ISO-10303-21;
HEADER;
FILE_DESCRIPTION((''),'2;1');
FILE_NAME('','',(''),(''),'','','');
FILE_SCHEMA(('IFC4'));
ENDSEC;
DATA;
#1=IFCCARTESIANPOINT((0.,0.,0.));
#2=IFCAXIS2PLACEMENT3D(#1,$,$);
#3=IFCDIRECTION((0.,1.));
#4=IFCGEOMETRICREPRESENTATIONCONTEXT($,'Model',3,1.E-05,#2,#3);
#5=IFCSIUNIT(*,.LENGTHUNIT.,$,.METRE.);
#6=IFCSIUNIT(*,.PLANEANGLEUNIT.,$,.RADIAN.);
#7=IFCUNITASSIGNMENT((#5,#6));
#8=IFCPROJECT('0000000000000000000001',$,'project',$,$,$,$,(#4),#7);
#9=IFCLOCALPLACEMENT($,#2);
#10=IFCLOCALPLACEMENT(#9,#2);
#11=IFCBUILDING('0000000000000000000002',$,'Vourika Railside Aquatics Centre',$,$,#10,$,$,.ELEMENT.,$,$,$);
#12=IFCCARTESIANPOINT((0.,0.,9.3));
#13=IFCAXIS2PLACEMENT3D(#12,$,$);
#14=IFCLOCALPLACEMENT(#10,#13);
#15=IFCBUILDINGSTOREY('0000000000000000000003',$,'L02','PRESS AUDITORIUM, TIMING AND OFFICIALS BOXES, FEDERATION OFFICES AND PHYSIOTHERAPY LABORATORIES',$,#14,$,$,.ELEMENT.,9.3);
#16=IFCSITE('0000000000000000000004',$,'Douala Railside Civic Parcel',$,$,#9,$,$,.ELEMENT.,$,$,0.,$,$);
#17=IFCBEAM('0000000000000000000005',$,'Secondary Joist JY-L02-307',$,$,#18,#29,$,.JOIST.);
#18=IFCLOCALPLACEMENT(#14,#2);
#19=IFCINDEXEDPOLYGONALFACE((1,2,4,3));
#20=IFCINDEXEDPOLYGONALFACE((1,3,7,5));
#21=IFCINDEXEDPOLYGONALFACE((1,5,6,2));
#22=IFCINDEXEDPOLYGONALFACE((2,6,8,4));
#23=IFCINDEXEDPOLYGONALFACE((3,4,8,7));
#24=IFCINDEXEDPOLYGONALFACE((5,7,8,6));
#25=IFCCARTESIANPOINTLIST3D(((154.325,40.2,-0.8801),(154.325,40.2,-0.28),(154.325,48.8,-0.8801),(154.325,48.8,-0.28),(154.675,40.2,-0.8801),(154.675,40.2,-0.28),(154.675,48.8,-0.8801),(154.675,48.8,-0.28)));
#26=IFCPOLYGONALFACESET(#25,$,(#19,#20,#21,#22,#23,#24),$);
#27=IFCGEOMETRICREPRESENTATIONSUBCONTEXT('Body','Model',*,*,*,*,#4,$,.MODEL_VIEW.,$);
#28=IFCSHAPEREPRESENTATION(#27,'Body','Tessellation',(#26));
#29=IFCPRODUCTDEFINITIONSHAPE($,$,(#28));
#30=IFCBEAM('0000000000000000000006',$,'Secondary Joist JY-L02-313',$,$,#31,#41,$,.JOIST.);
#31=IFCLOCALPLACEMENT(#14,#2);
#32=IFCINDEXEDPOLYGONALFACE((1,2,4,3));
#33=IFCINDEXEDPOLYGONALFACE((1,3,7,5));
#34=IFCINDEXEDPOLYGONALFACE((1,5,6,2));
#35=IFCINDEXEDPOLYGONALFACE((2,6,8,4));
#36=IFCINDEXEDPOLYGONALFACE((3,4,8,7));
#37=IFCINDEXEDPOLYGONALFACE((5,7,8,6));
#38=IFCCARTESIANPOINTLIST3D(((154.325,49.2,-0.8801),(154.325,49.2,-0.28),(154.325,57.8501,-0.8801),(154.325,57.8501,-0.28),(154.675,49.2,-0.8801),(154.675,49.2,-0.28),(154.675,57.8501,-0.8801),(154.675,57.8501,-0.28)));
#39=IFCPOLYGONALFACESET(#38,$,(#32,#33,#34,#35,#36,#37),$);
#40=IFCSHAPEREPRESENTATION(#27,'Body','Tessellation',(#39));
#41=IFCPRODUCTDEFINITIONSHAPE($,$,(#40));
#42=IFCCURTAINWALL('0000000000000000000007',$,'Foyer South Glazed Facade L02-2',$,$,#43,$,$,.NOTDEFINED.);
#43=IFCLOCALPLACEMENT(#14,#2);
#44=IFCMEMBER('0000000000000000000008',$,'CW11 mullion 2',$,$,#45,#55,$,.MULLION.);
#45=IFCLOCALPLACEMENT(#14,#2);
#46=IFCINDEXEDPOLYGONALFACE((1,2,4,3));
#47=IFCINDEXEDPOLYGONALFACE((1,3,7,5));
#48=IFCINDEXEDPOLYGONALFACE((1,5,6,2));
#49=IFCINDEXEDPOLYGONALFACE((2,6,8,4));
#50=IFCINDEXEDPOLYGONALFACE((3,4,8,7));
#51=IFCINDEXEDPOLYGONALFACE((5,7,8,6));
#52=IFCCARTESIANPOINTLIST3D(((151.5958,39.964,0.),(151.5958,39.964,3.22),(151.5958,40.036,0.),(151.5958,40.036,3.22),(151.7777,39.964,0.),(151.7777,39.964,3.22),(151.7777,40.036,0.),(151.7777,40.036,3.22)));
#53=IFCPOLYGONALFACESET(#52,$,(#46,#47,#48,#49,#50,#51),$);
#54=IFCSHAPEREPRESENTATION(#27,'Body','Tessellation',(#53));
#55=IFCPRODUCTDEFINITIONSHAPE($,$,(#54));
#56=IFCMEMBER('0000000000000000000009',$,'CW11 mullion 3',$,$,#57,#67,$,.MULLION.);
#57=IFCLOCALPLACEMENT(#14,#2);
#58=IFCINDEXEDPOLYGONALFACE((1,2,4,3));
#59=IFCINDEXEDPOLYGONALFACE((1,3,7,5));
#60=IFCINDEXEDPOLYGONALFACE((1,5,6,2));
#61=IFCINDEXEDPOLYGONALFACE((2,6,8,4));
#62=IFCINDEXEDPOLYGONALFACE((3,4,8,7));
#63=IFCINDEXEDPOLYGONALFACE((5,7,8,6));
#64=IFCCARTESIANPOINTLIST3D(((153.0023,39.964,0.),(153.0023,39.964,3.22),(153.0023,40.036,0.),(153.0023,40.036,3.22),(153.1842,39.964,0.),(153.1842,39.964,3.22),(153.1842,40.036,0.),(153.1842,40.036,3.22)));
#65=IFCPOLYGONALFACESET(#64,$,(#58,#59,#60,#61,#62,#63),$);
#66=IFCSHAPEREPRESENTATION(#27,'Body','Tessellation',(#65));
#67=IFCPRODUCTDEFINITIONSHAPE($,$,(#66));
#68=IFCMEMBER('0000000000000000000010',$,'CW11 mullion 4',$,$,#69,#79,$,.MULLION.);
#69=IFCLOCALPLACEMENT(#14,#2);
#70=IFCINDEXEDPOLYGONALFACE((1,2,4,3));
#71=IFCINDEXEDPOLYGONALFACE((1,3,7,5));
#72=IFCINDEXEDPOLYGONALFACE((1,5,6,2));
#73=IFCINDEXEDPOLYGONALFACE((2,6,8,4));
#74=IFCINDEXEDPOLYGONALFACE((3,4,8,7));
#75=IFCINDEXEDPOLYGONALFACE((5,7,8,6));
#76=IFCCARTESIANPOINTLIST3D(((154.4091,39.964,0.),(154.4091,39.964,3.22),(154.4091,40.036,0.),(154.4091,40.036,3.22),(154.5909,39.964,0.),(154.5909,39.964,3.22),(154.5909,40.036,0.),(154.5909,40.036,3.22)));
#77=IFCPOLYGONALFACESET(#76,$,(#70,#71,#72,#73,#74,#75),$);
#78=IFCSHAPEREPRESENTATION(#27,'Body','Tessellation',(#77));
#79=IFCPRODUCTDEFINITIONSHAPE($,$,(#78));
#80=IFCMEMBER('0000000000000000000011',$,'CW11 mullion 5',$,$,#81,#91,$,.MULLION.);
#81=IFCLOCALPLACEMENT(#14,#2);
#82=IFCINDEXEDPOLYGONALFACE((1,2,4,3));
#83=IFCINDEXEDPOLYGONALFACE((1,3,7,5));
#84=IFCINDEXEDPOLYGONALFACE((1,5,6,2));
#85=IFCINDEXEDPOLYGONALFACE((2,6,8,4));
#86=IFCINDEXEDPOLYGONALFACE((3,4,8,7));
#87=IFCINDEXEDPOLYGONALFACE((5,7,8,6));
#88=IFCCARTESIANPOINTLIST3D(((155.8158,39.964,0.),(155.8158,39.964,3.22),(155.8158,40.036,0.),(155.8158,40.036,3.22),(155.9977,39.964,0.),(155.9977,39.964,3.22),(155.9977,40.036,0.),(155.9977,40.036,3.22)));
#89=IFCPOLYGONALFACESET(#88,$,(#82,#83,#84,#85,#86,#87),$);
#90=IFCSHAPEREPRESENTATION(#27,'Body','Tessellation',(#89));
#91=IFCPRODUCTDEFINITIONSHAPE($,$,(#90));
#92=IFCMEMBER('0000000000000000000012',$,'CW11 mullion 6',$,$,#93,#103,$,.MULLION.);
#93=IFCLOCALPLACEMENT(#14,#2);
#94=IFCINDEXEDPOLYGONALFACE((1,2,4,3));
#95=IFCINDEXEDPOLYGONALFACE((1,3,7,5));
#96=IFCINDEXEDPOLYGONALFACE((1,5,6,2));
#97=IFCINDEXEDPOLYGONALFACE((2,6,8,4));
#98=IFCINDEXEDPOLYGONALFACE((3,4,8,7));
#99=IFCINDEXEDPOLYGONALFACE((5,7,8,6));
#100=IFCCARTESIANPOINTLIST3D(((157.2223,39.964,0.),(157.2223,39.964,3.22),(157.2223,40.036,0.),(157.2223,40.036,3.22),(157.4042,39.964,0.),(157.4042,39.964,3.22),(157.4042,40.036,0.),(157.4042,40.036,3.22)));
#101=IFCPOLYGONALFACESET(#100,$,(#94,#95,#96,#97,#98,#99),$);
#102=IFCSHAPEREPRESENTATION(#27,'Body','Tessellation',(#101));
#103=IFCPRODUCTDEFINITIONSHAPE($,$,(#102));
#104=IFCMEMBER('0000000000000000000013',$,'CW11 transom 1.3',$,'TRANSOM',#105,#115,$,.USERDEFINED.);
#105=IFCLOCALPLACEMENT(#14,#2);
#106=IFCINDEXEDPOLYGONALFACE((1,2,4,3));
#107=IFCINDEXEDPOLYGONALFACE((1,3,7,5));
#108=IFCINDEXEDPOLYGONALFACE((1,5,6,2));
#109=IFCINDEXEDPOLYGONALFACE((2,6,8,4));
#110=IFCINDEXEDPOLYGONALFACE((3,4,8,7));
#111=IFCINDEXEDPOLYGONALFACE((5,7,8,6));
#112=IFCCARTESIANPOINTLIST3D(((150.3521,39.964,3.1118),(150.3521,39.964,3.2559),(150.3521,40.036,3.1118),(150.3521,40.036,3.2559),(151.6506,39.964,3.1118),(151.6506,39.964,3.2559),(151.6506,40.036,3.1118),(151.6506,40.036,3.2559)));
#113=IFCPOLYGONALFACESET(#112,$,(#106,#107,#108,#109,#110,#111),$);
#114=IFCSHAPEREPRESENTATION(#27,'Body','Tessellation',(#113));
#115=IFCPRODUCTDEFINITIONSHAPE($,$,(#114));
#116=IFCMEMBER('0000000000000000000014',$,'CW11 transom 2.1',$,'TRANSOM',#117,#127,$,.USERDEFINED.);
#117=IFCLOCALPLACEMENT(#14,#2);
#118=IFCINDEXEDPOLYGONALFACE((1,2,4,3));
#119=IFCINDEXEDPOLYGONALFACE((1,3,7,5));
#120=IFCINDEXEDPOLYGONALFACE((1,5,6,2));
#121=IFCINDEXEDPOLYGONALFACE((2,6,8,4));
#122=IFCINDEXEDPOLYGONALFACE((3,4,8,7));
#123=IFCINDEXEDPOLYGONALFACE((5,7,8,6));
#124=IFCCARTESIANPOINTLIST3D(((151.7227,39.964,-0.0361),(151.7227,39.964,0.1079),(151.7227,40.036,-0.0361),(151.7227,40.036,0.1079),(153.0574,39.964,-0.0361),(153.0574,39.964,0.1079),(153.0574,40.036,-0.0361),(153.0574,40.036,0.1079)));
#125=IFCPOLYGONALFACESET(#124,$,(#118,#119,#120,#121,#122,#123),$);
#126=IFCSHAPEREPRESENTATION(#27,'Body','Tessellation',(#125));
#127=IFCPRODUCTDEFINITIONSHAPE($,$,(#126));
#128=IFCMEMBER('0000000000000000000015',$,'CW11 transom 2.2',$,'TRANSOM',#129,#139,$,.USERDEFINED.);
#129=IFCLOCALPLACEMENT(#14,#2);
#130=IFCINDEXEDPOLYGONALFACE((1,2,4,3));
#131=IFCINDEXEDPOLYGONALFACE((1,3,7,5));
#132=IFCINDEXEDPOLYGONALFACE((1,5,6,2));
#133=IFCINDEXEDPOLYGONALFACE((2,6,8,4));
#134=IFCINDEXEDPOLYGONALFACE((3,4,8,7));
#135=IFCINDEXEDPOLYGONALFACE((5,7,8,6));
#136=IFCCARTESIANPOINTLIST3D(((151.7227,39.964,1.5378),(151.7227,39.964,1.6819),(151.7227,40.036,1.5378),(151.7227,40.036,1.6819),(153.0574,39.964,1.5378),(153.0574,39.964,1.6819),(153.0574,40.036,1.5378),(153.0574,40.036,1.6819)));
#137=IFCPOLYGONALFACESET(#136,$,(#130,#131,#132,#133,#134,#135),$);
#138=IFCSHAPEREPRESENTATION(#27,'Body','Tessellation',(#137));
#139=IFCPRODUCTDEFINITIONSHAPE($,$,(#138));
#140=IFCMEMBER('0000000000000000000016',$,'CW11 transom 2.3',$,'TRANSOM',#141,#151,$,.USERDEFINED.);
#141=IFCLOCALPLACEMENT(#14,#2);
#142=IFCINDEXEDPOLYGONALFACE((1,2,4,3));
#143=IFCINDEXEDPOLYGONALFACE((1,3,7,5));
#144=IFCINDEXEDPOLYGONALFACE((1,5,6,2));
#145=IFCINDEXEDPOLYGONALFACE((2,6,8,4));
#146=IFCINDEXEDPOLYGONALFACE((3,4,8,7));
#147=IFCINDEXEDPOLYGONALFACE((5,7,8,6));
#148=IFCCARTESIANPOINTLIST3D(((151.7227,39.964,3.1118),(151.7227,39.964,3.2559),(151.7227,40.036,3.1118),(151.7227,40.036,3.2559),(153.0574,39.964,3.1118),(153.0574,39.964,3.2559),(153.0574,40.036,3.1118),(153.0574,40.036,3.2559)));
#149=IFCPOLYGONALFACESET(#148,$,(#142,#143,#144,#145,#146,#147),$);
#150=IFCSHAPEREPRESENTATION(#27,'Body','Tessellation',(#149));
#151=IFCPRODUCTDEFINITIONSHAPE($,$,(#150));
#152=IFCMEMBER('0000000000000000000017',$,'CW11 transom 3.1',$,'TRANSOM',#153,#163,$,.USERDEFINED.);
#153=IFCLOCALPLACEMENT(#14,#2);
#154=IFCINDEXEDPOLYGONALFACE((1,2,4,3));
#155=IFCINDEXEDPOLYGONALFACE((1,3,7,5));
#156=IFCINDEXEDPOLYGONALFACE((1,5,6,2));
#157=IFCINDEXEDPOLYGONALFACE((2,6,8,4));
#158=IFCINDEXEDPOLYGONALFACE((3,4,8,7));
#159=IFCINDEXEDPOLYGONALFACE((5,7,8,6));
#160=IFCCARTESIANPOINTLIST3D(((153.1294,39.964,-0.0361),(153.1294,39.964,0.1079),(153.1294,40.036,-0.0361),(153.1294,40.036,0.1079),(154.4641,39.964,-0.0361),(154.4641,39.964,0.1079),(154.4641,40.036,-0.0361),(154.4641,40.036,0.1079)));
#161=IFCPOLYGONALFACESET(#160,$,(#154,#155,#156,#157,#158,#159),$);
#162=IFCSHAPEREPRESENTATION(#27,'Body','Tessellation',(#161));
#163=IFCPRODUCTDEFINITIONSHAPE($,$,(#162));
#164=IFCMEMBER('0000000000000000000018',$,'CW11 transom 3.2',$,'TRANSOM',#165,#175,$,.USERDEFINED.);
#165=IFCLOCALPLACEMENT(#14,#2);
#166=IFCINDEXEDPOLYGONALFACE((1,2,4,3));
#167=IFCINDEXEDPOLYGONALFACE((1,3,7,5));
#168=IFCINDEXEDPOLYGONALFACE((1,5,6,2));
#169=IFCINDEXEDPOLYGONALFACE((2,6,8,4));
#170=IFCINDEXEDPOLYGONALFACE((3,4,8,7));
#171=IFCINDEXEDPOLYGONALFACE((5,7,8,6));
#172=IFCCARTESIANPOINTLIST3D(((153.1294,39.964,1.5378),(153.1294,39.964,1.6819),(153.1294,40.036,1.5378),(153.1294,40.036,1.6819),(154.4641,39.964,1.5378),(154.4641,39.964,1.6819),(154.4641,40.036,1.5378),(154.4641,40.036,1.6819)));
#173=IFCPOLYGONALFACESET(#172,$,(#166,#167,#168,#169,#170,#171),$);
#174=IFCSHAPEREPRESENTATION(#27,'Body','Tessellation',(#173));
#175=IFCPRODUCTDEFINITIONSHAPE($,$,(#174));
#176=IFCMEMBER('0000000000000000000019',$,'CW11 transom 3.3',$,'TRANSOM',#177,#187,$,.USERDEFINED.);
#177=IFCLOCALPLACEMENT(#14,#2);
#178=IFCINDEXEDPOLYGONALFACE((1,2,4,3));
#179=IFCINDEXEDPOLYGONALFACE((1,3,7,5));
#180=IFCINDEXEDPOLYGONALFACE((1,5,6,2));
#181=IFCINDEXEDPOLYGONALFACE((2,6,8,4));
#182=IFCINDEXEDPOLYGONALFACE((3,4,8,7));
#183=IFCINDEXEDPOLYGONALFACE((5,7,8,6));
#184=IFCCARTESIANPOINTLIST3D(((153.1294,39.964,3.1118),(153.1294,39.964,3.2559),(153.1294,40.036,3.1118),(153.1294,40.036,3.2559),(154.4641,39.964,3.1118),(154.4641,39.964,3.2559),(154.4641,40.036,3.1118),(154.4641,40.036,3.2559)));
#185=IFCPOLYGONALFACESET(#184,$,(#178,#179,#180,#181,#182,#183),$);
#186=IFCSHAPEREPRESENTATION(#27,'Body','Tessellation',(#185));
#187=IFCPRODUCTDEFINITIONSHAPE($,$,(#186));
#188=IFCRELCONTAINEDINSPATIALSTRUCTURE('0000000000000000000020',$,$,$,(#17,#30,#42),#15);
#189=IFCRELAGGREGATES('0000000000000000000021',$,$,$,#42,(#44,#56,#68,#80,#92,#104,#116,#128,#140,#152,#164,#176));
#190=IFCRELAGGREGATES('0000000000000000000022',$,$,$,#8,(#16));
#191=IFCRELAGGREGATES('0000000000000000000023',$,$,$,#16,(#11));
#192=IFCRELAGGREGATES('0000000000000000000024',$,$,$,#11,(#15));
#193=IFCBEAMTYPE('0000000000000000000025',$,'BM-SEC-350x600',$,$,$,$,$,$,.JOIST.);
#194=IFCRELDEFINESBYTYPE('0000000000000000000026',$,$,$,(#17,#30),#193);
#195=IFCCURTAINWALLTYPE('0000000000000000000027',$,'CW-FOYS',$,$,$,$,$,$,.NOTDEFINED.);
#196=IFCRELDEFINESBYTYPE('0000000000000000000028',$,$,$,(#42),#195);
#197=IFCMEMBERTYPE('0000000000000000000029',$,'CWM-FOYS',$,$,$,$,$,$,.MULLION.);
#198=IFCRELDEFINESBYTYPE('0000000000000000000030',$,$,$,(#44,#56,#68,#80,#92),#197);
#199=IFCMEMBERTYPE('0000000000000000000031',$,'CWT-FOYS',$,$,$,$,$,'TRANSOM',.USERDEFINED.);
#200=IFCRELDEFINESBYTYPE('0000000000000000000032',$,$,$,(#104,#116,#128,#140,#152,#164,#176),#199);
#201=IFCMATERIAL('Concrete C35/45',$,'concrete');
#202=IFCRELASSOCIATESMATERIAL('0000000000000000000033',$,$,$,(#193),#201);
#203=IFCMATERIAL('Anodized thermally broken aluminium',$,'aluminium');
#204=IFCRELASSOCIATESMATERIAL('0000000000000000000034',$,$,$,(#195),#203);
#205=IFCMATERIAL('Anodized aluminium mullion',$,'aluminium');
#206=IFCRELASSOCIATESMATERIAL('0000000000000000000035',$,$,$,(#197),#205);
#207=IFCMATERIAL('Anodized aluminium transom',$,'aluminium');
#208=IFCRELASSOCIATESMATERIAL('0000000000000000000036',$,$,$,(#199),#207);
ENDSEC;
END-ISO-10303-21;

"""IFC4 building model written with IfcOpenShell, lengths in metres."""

from ifc_helpers import new_model, si_unit, direction, frame, origin, origin_2d, place, context, subcontext, project, spatial, rectangle, extrude, material, material_profile, profile_set, type_object, element, aggregate, save


model = new_model("IFC4")

# Units and contexts
model_context = context("Model", 3, precision=1e-05, world=origin(), true_north=direction((0.0, 1.0)))
body_context = subcontext(model_context, "Body", "Model", "MODEL_VIEW")
ifc_project = project(units=[si_unit("LENGTHUNIT", "METRE"), si_unit("PLANEANGLEUNIT", "RADIAN")], contexts=[model_context])

# Site, building, storey
site_placement = place(None, origin())
site = spatial("IfcSite", under=ifc_project, at=site_placement, Name="Douala Railside Civic Parcel", CompositionType="ELEMENT", RefElevation=0.0)
building_placement = place(site_placement, origin())
building = spatial("IfcBuilding", under=site, at=building_placement, Name="Vourika Railside Aquatics Centre", CompositionType="ELEMENT")
storey_placement = place(building_placement, frame((0.0, 0.0, 9.3)))
storey = spatial("IfcBuildingStorey", under=building, at=storey_placement, Name="L02", Description="PRESS AUDITORIUM, TIMING AND OFFICIALS BOXES, FEDERATION OFFICES AND PHYSIOTHERAPY LABORATORIES", CompositionType="ELEMENT", Elevation=9.3)

# Beams
ifc_material_1 = material(Name="Concrete C35/45", Category="concrete")
ifc_material_profile_1 = material_profile(ifc_material_1, rectangle(XDim=0.3501, YDim=0.6001, at=origin_2d()), Name="RC 350x600")
ifc_profile_set_1 = profile_set([ifc_material_profile_1], Name="Concrete C35/45")
beam_type = type_object("IfcBeamType", Name="BM-SEC-350x600", PredefinedType="JOIST", material=ifc_profile_set_1)
beam_1_placement = place(storey_placement, frame((154.5, 40.2, -0.5801), z_axis=(0.0, 1.0, 0.0), x_axis=(-1.0, 0.0, 0.0)))
element("IfcBeam", 1, at=beam_1_placement, inside=storey, type_object=beam_type, Name="Secondary Joist JY-L02-307", PredefinedType="JOIST", context=body_context, shape_type="SweptSolid", body=[
    extrude(rectangle(XDim=0.3501, YDim=0.6001, at=origin_2d()), origin(), (0.0, 0.0, 1.0), 8.6001),
])
beam_2_placement = place(storey_placement, frame((154.5, 49.2, -0.5801), z_axis=(0.0, 1.0, 0.0), x_axis=(-1.0, 0.0, 0.0)))
element("IfcBeam", 2, at=beam_2_placement, inside=storey, type_object=beam_type, Name="Secondary Joist JY-L02-313", PredefinedType="JOIST", context=body_context, shape_type="SweptSolid", body=[
    extrude(rectangle(XDim=0.3501, YDim=0.6001, at=origin_2d()), origin(), (0.0, 0.0, 1.0), 8.6501),
])

# Curtain wall, members
ifc_material_2 = material(Name="Anodized thermally broken aluminium", Category="aluminium")
curtain_wall_type = type_object("IfcCurtainWallType", Name="CW-FOYS", PredefinedType="NOTDEFINED", material=ifc_material_2)
curtain_wall_placement = place(storey_placement, origin())
curtain_wall = element("IfcCurtainWall", 3, at=curtain_wall_placement, inside=storey, type_object=curtain_wall_type, Name="Foyer South Glazed Facade L02-2", PredefinedType="NOTDEFINED")
ifc_material_3 = material(Name="Anodized aluminium mullion", Category="aluminium")
ifc_material_profile_2 = material_profile(ifc_material_3, rectangle(XDim=0.072, YDim=0.1819, at=origin_2d()), Name="ALU-M 72x182")
ifc_profile_set_2 = profile_set([ifc_material_profile_2], Name="Anodized aluminium mullion")
member_type_1 = type_object("IfcMemberType", Name="CWM-FOYS", PredefinedType="MULLION", material=ifc_profile_set_2)
member_1_placement = place(storey_placement, frame((151.6868, 40.0, 0.0), z_axis=(0.0, 0.0, 1.0), x_axis=(0.0, 1.0, 0.0)))
member_1 = element("IfcMember", 4, at=member_1_placement, type_object=member_type_1, Name="CW11 mullion 2", PredefinedType="MULLION", context=body_context, shape_type="SweptSolid", body=[
    extrude(rectangle(XDim=0.072, YDim=0.1819, at=origin_2d()), origin(), (0.0, 0.0, 1.0), 3.22),
])
member_2_placement = place(storey_placement, frame((153.0933, 40.0, 0.0), z_axis=(0.0, 0.0, 1.0), x_axis=(0.0, 1.0, 0.0)))
member_2 = element("IfcMember", 5, at=member_2_placement, type_object=member_type_1, Name="CW11 mullion 3", PredefinedType="MULLION", context=body_context, shape_type="SweptSolid", body=[
    extrude(rectangle(XDim=0.072, YDim=0.1819, at=origin_2d()), origin(), (0.0, 0.0, 1.0), 3.22),
])
member_3_placement = place(storey_placement, frame((154.5, 40.0, 0.0), z_axis=(0.0, 0.0, 1.0), x_axis=(0.0, 1.0, 0.0)))
member_3 = element("IfcMember", 6, at=member_3_placement, type_object=member_type_1, Name="CW11 mullion 4", PredefinedType="MULLION", context=body_context, shape_type="SweptSolid", body=[
    extrude(rectangle(XDim=0.072, YDim=0.1819, at=origin_2d()), origin(), (0.0, 0.0, 1.0), 3.22),
])
member_4_placement = place(storey_placement, frame((155.9067, 40.0, 0.0), z_axis=(0.0, 0.0, 1.0), x_axis=(0.0, 1.0, 0.0)))
member_4 = element("IfcMember", 7, at=member_4_placement, type_object=member_type_1, Name="CW11 mullion 5", PredefinedType="MULLION", context=body_context, shape_type="SweptSolid", body=[
    extrude(rectangle(XDim=0.072, YDim=0.1819, at=origin_2d()), origin(), (0.0, 0.0, 1.0), 3.22),
])
member_5_placement = place(storey_placement, frame((157.3132, 40.0, 0.0), z_axis=(0.0, 0.0, 1.0), x_axis=(0.0, 1.0, 0.0)))
member_5 = element("IfcMember", 8, at=member_5_placement, type_object=member_type_1, Name="CW11 mullion 6", PredefinedType="MULLION", context=body_context, shape_type="SweptSolid", body=[
    extrude(rectangle(XDim=0.072, YDim=0.1819, at=origin_2d()), origin(), (0.0, 0.0, 1.0), 3.22),
])
ifc_material_4 = material(Name="Anodized aluminium transom", Category="aluminium")
ifc_material_profile_3 = material_profile(ifc_material_4, rectangle(XDim=0.072, YDim=0.144, at=origin_2d()), Name="ALU-T 72x144")
ifc_profile_set_3 = profile_set([ifc_material_profile_3], Name="Anodized aluminium transom")
member_type_2 = type_object("IfcMemberType", Name="CWT-FOYS", ElementType="TRANSOM", PredefinedType="USERDEFINED", material=ifc_profile_set_3)
member_6_placement = place(storey_placement, frame((150.3521, 40.0, 3.1838), z_axis=(1.0, 0.0, 0.0), x_axis=(0.0, 1.0, 0.0)))
member_6 = element("IfcMember", 9, at=member_6_placement, type_object=member_type_2, Name="CW11 transom 1.3", ObjectType="TRANSOM", PredefinedType="USERDEFINED", context=body_context, shape_type="SweptSolid", body=[
    extrude(rectangle(XDim=0.072, YDim=0.144, at=origin_2d()), origin(), (0.0, 0.0, 1.0), 1.2986),
])
member_7_placement = place(storey_placement, frame((151.7227, 40.0, 0.0359), z_axis=(1.0, 0.0, 0.0), x_axis=(0.0, 1.0, 0.0)))
member_7 = element("IfcMember", 10, at=member_7_placement, type_object=member_type_2, Name="CW11 transom 2.1", ObjectType="TRANSOM", PredefinedType="USERDEFINED", context=body_context, shape_type="SweptSolid", body=[
    extrude(rectangle(XDim=0.072, YDim=0.144, at=origin_2d()), origin(), (0.0, 0.0, 1.0), 1.3347),
])
member_8_placement = place(storey_placement, frame((151.7227, 40.0, 1.6099), z_axis=(1.0, 0.0, 0.0), x_axis=(0.0, 1.0, 0.0)))
member_8 = element("IfcMember", 11, at=member_8_placement, type_object=member_type_2, Name="CW11 transom 2.2", ObjectType="TRANSOM", PredefinedType="USERDEFINED", context=body_context, shape_type="SweptSolid", body=[
    extrude(rectangle(XDim=0.072, YDim=0.144, at=origin_2d()), origin(), (0.0, 0.0, 1.0), 1.3347),
])
member_9_placement = place(storey_placement, frame((151.7227, 40.0, 3.1838), z_axis=(1.0, 0.0, 0.0), x_axis=(0.0, 1.0, 0.0)))
member_9 = element("IfcMember", 12, at=member_9_placement, type_object=member_type_2, Name="CW11 transom 2.3", ObjectType="TRANSOM", PredefinedType="USERDEFINED", context=body_context, shape_type="SweptSolid", body=[
    extrude(rectangle(XDim=0.072, YDim=0.144, at=origin_2d()), origin(), (0.0, 0.0, 1.0), 1.3347),
])
member_10_placement = place(storey_placement, frame((153.1294, 40.0, 0.0359), z_axis=(1.0, 0.0, 0.0), x_axis=(0.0, 1.0, 0.0)))
member_10 = element("IfcMember", 13, at=member_10_placement, type_object=member_type_2, Name="CW11 transom 3.1", ObjectType="TRANSOM", PredefinedType="USERDEFINED", context=body_context, shape_type="SweptSolid", body=[
    extrude(rectangle(XDim=0.072, YDim=0.144, at=origin_2d()), origin(), (0.0, 0.0, 1.0), 1.3347),
])
member_11_placement = place(storey_placement, frame((153.1294, 40.0, 1.6099), z_axis=(1.0, 0.0, 0.0), x_axis=(0.0, 1.0, 0.0)))
member_11 = element("IfcMember", 14, at=member_11_placement, type_object=member_type_2, Name="CW11 transom 3.2", ObjectType="TRANSOM", PredefinedType="USERDEFINED", context=body_context, shape_type="SweptSolid", body=[
    extrude(rectangle(XDim=0.072, YDim=0.144, at=origin_2d()), origin(), (0.0, 0.0, 1.0), 1.3347),
])
member_12_placement = place(storey_placement, frame((153.1294, 40.0, 3.1838), z_axis=(1.0, 0.0, 0.0), x_axis=(0.0, 1.0, 0.0)))
member_12 = element("IfcMember", 15, at=member_12_placement, type_object=member_type_2, Name="CW11 transom 3.3", ObjectType="TRANSOM", PredefinedType="USERDEFINED", context=body_context, shape_type="SweptSolid", body=[
    extrude(rectangle(XDim=0.072, YDim=0.144, at=origin_2d()), origin(), (0.0, 0.0, 1.0), 1.3347),
])
aggregate(curtain_wall, [member_1, member_2, member_3, member_4, member_5, member_6, member_7, member_8, member_9, member_10, member_11, member_12])

save(model, "model.ifc")
